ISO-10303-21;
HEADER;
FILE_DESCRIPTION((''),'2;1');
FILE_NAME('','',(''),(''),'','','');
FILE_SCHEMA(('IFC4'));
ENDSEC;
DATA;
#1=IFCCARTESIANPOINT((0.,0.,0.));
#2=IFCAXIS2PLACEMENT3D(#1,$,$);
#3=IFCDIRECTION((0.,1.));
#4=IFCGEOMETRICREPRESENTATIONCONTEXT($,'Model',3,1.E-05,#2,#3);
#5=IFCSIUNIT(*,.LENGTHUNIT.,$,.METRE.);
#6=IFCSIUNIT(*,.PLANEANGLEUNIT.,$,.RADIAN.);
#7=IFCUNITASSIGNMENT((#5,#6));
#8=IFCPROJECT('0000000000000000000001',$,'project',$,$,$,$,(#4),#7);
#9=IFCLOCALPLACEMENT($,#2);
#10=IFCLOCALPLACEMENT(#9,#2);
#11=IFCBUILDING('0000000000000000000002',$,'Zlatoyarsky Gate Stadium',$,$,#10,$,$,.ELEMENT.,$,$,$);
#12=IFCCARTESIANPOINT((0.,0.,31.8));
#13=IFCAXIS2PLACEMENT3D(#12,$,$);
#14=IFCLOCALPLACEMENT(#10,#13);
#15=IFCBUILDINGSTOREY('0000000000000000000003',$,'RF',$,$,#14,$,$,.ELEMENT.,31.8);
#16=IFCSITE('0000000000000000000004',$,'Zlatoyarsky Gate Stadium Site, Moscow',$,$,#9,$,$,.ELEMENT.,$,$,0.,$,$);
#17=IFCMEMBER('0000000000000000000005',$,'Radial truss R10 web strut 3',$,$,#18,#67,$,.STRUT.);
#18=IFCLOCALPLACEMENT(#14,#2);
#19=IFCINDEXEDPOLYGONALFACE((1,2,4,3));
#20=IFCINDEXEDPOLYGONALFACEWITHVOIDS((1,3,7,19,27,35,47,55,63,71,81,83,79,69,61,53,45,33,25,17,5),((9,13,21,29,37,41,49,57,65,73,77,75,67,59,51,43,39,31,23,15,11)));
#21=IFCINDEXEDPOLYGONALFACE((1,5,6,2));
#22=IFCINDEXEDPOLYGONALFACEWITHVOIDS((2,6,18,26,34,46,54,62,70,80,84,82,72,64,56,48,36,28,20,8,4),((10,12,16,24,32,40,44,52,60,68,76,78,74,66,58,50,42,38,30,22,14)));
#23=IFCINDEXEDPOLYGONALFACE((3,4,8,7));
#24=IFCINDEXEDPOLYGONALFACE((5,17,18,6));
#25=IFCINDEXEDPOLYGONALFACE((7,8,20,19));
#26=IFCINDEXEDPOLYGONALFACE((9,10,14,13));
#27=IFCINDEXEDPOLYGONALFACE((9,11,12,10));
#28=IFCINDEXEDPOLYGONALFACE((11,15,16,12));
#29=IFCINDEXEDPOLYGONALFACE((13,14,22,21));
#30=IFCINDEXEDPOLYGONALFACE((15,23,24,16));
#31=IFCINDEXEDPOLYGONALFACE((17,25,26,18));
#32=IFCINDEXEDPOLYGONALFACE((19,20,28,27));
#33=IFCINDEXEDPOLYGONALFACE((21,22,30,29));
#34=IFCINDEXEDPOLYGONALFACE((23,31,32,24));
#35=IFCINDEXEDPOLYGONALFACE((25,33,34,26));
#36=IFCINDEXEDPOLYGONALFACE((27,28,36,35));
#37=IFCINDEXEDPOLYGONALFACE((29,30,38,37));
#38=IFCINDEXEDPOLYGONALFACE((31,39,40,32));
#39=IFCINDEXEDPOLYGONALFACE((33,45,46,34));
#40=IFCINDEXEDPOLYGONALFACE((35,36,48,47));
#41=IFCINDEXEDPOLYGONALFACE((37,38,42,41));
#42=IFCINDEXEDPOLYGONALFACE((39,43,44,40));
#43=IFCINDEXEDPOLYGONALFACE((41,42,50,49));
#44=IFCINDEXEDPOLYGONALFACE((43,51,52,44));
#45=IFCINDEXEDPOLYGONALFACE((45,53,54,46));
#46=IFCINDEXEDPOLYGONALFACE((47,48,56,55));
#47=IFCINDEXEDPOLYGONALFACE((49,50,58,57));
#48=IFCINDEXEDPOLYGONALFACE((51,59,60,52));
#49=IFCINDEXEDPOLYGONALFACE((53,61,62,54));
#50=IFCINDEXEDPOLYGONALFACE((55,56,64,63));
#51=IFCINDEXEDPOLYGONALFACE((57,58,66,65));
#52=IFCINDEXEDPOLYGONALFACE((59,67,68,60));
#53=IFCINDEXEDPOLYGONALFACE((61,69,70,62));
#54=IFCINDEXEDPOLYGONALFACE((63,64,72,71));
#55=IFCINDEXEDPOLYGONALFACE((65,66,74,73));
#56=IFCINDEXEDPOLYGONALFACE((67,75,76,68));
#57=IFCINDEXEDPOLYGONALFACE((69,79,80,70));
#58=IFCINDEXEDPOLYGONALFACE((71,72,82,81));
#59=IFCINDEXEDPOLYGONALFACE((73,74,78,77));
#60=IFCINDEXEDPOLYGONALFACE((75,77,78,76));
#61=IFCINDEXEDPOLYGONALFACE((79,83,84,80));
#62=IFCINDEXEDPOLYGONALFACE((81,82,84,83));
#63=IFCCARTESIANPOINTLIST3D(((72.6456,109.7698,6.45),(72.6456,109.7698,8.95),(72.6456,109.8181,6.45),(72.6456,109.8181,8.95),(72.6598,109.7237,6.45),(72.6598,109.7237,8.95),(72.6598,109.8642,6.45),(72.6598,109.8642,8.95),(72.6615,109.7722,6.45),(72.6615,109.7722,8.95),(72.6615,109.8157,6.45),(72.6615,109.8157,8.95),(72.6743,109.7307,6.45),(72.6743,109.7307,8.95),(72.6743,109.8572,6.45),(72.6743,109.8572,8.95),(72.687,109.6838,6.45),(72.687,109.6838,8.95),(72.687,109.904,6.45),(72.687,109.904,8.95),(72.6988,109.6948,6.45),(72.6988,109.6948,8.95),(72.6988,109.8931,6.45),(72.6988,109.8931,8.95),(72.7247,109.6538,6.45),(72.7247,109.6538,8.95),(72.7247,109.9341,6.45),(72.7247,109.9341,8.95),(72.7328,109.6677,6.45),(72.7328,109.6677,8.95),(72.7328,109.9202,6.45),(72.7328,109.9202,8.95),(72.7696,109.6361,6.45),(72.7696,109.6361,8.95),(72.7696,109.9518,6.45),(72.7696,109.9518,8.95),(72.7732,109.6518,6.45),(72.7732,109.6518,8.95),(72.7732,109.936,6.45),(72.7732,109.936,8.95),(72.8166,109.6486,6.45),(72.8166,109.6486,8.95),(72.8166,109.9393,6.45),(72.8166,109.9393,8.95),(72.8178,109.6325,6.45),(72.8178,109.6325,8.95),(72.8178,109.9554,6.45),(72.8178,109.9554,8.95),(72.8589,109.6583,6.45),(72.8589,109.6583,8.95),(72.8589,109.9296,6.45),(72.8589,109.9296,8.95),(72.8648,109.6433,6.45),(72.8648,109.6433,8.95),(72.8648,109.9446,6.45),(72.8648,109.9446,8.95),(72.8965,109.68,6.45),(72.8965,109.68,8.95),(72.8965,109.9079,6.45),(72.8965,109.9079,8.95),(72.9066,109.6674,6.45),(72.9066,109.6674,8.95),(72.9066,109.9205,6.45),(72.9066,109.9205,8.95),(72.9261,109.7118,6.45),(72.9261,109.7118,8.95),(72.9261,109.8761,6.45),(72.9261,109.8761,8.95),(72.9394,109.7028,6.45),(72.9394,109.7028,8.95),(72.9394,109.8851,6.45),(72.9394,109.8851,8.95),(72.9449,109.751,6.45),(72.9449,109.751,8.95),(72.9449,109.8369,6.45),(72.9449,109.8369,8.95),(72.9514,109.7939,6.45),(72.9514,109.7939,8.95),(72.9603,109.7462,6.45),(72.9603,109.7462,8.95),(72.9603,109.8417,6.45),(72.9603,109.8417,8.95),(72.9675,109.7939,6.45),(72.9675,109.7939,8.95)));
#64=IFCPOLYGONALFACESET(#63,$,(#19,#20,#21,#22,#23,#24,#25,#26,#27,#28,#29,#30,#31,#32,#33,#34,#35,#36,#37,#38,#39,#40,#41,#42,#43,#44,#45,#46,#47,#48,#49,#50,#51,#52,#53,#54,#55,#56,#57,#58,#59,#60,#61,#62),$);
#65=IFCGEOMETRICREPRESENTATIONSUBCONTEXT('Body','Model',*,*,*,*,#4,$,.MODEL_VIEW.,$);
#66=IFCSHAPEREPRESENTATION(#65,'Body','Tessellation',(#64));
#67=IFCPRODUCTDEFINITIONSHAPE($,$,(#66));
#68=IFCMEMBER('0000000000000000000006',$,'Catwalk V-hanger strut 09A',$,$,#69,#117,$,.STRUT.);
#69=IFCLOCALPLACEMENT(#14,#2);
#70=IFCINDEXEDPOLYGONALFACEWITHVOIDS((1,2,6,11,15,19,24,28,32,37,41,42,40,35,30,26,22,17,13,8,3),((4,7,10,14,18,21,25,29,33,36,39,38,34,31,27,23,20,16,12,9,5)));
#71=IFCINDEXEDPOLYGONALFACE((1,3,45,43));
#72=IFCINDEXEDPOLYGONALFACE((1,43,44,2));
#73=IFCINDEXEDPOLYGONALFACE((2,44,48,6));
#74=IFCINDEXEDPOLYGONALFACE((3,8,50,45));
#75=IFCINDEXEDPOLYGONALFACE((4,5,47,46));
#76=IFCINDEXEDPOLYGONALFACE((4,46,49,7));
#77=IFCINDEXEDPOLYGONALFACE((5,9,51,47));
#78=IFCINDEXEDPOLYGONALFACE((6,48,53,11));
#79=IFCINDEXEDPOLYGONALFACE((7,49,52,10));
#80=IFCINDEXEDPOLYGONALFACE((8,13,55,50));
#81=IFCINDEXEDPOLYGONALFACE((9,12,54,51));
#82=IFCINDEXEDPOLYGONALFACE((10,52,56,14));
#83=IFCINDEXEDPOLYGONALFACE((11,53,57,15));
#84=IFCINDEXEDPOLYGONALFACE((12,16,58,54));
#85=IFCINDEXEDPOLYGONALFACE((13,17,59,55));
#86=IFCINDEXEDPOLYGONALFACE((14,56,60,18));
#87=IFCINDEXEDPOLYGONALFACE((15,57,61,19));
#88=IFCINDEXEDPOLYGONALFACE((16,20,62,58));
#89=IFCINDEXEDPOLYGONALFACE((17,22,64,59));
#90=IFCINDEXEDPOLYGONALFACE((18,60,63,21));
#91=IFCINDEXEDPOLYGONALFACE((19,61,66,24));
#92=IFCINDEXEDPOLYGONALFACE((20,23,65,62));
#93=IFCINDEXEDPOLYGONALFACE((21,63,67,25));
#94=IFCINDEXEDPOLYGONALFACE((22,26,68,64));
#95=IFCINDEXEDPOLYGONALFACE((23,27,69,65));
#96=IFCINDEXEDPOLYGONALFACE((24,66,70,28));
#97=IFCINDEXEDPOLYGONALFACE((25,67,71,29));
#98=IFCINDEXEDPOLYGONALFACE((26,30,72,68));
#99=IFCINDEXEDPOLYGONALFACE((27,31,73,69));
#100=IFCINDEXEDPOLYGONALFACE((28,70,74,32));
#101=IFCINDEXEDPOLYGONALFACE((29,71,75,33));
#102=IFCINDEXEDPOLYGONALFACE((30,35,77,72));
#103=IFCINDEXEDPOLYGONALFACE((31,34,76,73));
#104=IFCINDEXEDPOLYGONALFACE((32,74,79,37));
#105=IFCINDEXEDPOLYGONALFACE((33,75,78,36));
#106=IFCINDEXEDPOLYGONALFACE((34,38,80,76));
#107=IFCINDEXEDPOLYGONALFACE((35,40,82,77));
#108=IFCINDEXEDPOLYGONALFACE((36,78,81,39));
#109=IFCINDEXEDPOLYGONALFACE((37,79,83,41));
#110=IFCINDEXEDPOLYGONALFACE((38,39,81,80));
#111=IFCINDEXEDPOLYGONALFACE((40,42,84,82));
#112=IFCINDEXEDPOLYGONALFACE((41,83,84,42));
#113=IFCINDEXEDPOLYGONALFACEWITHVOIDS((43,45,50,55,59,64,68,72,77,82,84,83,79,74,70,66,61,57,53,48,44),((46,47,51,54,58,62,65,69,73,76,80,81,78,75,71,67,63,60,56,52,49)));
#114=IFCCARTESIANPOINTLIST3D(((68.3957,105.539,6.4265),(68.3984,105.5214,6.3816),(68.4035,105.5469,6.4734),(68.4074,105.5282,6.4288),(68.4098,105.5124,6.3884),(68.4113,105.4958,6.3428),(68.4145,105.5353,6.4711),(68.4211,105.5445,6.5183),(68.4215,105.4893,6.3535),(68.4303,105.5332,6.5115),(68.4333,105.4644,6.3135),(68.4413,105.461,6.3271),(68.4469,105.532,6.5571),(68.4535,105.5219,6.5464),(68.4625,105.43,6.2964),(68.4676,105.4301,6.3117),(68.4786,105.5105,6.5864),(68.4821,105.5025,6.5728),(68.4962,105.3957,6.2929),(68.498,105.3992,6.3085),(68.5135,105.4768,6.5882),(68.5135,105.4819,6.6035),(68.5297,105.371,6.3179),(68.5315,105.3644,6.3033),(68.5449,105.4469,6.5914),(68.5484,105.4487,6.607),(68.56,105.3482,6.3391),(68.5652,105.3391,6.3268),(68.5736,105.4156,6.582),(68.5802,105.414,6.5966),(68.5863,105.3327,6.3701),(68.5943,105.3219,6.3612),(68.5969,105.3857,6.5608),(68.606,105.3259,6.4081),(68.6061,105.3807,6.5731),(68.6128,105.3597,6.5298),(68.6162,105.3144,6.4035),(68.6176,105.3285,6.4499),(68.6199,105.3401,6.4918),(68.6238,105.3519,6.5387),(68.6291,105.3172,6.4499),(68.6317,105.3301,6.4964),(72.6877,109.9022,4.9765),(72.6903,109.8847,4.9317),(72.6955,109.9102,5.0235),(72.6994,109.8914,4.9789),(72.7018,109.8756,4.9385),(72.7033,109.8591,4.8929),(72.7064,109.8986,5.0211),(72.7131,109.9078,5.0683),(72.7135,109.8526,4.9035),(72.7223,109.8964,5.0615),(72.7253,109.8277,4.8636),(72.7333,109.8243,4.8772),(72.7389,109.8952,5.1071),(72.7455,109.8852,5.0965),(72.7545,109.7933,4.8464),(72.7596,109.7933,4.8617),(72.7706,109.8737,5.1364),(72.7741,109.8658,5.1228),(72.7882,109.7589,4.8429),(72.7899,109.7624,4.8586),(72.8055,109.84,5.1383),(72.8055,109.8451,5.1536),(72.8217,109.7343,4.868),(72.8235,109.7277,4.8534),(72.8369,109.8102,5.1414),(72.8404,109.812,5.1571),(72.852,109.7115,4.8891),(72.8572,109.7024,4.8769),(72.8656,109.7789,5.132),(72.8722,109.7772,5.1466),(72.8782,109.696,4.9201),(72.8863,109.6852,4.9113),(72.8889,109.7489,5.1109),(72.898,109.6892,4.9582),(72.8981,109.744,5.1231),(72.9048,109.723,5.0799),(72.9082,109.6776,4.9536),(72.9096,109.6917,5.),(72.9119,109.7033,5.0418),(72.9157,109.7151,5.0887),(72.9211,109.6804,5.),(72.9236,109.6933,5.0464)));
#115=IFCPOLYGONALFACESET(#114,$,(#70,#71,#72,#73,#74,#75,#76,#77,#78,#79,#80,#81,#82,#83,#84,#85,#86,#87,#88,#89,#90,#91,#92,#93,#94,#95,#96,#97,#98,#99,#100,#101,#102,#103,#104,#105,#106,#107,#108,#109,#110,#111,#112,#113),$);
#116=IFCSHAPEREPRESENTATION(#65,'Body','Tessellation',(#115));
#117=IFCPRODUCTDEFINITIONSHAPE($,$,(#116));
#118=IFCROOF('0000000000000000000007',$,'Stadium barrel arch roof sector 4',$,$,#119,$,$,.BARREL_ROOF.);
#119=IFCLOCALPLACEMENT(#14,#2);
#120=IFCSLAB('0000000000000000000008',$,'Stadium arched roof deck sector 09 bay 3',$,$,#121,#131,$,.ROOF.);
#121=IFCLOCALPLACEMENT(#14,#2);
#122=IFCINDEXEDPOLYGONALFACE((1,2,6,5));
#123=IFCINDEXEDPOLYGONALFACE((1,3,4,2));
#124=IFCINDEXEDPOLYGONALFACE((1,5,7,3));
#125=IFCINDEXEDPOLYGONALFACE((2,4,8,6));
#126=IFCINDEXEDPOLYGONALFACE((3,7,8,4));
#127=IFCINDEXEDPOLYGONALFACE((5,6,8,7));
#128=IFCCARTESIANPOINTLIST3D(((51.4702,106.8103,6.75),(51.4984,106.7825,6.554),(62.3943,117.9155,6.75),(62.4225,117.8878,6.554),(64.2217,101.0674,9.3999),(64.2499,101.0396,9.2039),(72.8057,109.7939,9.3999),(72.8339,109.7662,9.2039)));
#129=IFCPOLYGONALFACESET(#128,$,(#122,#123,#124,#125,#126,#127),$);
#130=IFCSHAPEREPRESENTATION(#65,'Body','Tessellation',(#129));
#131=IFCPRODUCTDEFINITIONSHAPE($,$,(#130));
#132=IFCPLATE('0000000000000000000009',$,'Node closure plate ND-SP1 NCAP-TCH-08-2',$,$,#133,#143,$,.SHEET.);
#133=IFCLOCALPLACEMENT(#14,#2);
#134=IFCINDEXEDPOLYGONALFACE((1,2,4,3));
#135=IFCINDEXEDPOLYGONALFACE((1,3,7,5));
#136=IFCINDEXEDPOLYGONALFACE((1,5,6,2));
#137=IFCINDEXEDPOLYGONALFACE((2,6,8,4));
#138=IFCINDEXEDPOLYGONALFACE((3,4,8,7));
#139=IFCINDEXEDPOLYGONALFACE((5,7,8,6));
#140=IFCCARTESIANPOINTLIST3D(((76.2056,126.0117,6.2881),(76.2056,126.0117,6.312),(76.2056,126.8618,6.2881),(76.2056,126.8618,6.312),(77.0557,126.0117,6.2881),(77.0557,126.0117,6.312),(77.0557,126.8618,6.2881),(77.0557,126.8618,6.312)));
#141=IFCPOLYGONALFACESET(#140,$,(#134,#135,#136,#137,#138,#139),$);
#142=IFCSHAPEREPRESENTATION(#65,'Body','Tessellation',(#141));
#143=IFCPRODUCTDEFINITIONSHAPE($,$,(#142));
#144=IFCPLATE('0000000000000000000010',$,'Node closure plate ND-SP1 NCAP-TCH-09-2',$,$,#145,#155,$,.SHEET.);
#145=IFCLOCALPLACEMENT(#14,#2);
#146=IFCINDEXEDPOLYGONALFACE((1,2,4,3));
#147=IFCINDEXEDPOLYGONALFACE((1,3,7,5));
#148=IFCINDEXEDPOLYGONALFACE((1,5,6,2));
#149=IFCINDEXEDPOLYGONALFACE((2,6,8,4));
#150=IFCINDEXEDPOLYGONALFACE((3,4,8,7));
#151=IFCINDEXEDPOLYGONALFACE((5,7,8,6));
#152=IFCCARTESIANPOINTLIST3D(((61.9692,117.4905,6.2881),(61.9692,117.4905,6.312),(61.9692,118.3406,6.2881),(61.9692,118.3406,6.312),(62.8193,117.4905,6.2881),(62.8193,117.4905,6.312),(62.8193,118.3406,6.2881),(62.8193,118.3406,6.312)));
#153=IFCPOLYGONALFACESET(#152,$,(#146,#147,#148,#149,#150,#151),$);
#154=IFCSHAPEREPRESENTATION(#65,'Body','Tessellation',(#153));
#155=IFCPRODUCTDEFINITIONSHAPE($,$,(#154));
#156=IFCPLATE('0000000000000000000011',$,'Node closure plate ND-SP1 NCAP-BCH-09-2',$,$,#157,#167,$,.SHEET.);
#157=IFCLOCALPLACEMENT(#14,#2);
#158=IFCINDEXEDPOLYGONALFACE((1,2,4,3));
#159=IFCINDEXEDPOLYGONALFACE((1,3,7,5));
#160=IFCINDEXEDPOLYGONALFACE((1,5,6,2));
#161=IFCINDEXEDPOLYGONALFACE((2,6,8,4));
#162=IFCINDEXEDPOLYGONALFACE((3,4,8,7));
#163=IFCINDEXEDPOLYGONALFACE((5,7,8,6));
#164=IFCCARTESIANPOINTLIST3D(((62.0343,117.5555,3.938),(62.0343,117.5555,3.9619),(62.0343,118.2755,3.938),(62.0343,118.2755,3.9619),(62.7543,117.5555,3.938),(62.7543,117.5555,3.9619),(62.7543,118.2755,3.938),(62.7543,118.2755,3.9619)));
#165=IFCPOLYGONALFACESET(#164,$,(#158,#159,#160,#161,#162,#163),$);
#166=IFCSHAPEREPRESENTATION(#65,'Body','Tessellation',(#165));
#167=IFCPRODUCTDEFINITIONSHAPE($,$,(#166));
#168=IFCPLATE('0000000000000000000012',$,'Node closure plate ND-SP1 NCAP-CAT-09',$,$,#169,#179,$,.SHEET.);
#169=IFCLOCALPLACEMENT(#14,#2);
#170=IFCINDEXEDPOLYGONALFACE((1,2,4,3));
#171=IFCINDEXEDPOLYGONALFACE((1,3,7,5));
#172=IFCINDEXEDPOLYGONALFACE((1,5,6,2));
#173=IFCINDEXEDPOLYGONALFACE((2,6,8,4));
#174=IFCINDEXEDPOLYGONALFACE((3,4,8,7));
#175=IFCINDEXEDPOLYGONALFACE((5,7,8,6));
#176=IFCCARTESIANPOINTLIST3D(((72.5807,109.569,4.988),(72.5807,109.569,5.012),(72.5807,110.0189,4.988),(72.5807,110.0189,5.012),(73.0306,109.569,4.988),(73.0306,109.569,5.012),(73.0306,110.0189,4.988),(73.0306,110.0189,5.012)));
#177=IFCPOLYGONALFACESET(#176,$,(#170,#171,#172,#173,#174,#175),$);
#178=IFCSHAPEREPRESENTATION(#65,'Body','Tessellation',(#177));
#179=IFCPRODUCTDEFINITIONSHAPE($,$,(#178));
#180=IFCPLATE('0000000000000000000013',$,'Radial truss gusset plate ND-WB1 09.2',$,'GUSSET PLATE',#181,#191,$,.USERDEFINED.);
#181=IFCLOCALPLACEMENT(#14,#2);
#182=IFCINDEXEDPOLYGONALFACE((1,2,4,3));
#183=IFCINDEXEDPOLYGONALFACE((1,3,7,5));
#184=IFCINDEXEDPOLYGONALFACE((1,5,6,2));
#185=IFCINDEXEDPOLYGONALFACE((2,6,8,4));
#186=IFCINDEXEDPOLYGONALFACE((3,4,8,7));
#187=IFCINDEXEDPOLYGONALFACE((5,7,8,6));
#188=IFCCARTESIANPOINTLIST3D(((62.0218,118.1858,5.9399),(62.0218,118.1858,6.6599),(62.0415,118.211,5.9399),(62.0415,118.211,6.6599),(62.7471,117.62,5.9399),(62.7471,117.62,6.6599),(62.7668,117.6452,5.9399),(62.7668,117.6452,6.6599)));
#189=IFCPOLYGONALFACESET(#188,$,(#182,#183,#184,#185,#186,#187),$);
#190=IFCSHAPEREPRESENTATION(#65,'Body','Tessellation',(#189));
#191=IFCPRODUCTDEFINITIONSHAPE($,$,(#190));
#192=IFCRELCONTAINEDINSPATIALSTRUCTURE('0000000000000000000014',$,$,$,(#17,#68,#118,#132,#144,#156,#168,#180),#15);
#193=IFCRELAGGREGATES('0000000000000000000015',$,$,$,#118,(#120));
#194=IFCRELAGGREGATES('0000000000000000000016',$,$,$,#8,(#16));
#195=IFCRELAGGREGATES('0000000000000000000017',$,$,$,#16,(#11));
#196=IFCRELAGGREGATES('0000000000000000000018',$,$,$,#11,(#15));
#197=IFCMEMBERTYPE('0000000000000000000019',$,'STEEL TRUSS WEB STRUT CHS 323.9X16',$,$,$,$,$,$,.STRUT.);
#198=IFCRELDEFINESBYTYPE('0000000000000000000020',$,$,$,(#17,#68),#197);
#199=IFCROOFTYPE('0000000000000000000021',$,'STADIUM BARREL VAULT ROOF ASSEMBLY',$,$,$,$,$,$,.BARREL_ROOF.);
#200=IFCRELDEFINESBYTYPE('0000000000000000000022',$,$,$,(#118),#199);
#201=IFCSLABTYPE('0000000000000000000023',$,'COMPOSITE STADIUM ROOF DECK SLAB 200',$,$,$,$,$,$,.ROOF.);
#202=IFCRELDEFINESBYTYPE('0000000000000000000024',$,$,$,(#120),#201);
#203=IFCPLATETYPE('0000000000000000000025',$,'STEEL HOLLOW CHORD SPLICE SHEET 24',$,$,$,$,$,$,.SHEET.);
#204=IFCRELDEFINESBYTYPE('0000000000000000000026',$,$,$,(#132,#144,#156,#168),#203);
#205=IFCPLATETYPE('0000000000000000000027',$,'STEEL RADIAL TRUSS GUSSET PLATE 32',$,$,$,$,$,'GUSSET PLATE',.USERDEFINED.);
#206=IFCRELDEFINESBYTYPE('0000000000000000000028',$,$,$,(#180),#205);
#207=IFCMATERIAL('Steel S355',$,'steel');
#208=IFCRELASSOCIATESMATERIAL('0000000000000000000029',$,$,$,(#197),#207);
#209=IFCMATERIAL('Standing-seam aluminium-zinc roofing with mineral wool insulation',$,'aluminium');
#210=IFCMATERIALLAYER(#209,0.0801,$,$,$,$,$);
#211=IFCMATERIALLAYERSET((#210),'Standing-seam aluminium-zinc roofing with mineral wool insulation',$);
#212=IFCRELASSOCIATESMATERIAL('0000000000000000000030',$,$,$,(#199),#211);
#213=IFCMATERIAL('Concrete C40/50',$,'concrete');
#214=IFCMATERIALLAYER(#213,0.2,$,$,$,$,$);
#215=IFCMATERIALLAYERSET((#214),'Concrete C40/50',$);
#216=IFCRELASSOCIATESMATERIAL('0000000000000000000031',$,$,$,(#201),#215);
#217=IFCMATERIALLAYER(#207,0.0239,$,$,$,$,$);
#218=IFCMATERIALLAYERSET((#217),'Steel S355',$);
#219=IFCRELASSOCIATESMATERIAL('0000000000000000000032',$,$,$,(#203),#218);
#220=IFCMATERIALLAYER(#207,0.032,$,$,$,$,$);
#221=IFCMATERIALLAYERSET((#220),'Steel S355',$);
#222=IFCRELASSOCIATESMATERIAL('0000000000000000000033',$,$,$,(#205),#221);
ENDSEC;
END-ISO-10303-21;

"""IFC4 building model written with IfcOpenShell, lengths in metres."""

from ifc_helpers import new_model, si_unit, direction, frame, origin, origin_2d, place, context, subcontext, project, spatial, polyline, rectangle, hollow_circle, outline, extrude, material, layer, layer_set, material_profile, profile_set, type_object, element, aggregate, save


model = new_model("IFC4")

# Units and contexts
model_context = context("Model", 3, precision=1e-05, world=origin(), true_north=direction((0.0, 1.0)))
body_context = subcontext(model_context, "Body", "Model", "MODEL_VIEW")
ifc_project = project(units=[si_unit("LENGTHUNIT", "METRE"), si_unit("PLANEANGLEUNIT", "RADIAN")], contexts=[model_context])

# Site, building, storey
site_placement = place(None, origin())
site = spatial("IfcSite", under=ifc_project, at=site_placement, Name="Zlatoyarsky Gate Stadium Site, Moscow", CompositionType="ELEMENT", RefElevation=0.0)
building_placement = place(site_placement, origin())
building = spatial("IfcBuilding", under=site, at=building_placement, Name="Zlatoyarsky Gate Stadium", CompositionType="ELEMENT")
storey_placement = place(building_placement, frame((0.0, 0.0, 31.8)))
storey = spatial("IfcBuildingStorey", under=building, at=storey_placement, Name="RF", CompositionType="ELEMENT", Elevation=31.8)

# Shared definitions
ifc_material_1 = material(Name="Steel S355", Category="steel")

# Members
ifc_material_profile_1 = material_profile(ifc_material_1, hollow_circle(Radius=0.1619, WallThickness=0.0161, at=origin_2d()), Name="CHS 323.9X16")
ifc_profile_set_1 = profile_set([ifc_material_profile_1], Name="Steel S355")
member_type_1 = type_object("IfcMemberType", Name="STEEL TRUSS WEB STRUT CHS 323.9X16", PredefinedType="STRUT", material=ifc_profile_set_1)
member_1_placement = place(storey_placement, frame((72.8057, 109.7939, 6.45), z_axis=(0.0, 0.0, 1.0), x_axis=(1.0, 0.0, 0.0)))
element("IfcMember", 1, at=member_1_placement, inside=storey, type_object=member_type_1, Name="Radial truss R10 web strut 3", PredefinedType="STRUT", context=body_context, shape_type="SweptSolid", body=[
    extrude(hollow_circle(Radius=0.1619, WallThickness=0.0161, at=origin_2d()), origin(), (0.0, 0.0, 1.0), 2.5),
])
member_2_placement = place(storey_placement, frame((72.8057, 109.7939, 5.0), z_axis=(-0.682372, -0.693706, 0.230524), x_axis=(0.712907, -0.701259, 0.0)))
element("IfcMember", 2, at=member_2_placement, inside=storey, type_object=member_type_1, Name="Catwalk V-hanger strut 09A", PredefinedType="STRUT", context=body_context, shape_type="SweptSolid", body=[
    extrude(hollow_circle(Radius=0.1619, WallThickness=0.0161, at=origin_2d()), origin(), (0.0, 0.0, 1.0), 6.2898),
])

# Roof, slab
ifc_material_2 = material(Name="Standing-seam aluminium-zinc roofing with mineral wool insulation", Category="aluminium")
ifc_layer_1 = layer(ifc_material_2, 0.0801)
ifc_layer_set_1 = layer_set([ifc_layer_1], Name="Standing-seam aluminium-zinc roofing with mineral wool insulation")
roof_type = type_object("IfcRoofType", Name="STADIUM BARREL VAULT ROOF ASSEMBLY", PredefinedType="BARREL_ROOF", material=ifc_layer_set_1)
roof_placement = place(storey_placement, origin())
roof = element("IfcRoof", 3, at=roof_placement, inside=storey, type_object=roof_type, Name="Stadium barrel arch roof sector 4", PredefinedType="BARREL_ROOF")
ifc_material_3 = material(Name="Concrete C40/50", Category="concrete")
ifc_layer_2 = layer(ifc_material_3, 0.2)
ifc_layer_set_2 = layer_set([ifc_layer_2], Name="Concrete C40/50")
slab_type = type_object("IfcSlabType", Name="COMPOSITE STADIUM ROOF DECK SLAB 200", PredefinedType="ROOF", material=ifc_layer_set_2)
slab_placement = place(storey_placement, frame((62.3943, 117.9155, 6.75), z_axis=(-0.141161, 0.138857, 0.9802), x_axis=(-0.701268, -0.712898, -0.000001)))
slab = element("IfcSlab", 4, at=slab_placement, type_object=slab_type, Name="Stadium arched roof deck sector 09 bay 3", PredefinedType="ROOF", context=body_context, shape_type="SweptSolid", body=[
    extrude(outline(polyline([(0.0, 0.0), (15.5776, 0.0), (10.7295, 13.3828), (-1.5113, 13.3826), (0.0, 0.0)])), origin(), (0.0, 0.0, -1.0), 0.2),
])

# Plates
ifc_layer_3 = layer(ifc_material_1, 0.0239)
ifc_layer_set_3 = layer_set([ifc_layer_3], Name="Steel S355")
plate_type_1 = type_object("IfcPlateType", Name="STEEL HOLLOW CHORD SPLICE SHEET 24", PredefinedType="SHEET", material=ifc_layer_set_3)
for number, where, z_axis, x_axis, name in (
    (5, (76.6306, 126.4368, 6.2881), (0.0, 0.0, 1.0), (1.0, 0.0, 0.0), "Node closure plate ND-SP1 NCAP-TCH-08-2"),
    (6, (62.3943, 117.9155, 6.2881), (0.0, 0.0, 1.0), (1.0, 0.0, 0.0), "Node closure plate ND-SP1 NCAP-TCH-09-2"),
):
    element("IfcPlate", number, at=place(storey_placement, frame(where, z_axis=z_axis, x_axis=x_axis)), inside=storey, type_object=plate_type_1, Name=name, PredefinedType="SHEET", context=body_context, shape_type="SweptSolid", body=[
        extrude(rectangle(XDim=0.8501, YDim=0.8501, at=origin_2d()), origin(), (0.0, 0.0, 1.0), 0.0239),
    ])
plate_1_placement = place(storey_placement, frame((62.3943, 117.9155, 3.938), z_axis=(0.0, 0.0, 1.0), x_axis=(1.0, 0.0, 0.0)))
element("IfcPlate", 7, at=plate_1_placement, inside=storey, type_object=plate_type_1, Name="Node closure plate ND-SP1 NCAP-BCH-09-2", PredefinedType="SHEET", context=body_context, shape_type="SweptSolid", body=[
    extrude(rectangle(XDim=0.72, YDim=0.72, at=origin_2d()), origin(), (0.0, 0.0, 1.0), 0.0239),
])
plate_2_placement = place(storey_placement, frame((72.8057, 109.7939, 4.988), z_axis=(0.0, 0.0, 1.0), x_axis=(1.0, 0.0, 0.0)))
element("IfcPlate", 8, at=plate_2_placement, inside=storey, type_object=plate_type_1, Name="Node closure plate ND-SP1 NCAP-CAT-09", PredefinedType="SHEET", context=body_context, shape_type="SweptSolid", body=[
    extrude(rectangle(XDim=0.45, YDim=0.45, at=origin_2d()), origin(), (0.0, 0.0, 1.0), 0.0239),
])
ifc_layer_4 = layer(ifc_material_1, 0.032)
ifc_layer_set_4 = layer_set([ifc_layer_4], Name="Steel S355")
plate_type_2 = type_object("IfcPlateType", Name="STEEL RADIAL TRUSS GUSSET PLATE 32", ElementType="GUSSET PLATE", PredefinedType="USERDEFINED", material=ifc_layer_set_4)
plate_3_placement = place(storey_placement, frame((62.3943, 117.9155, 5.9399), z_axis=(0.0, 0.0, 1.0), x_axis=(0.788479, -0.615062, 0.0)))
element("IfcPlate", 9, at=plate_3_placement, inside=storey, type_object=plate_type_2, Name="Radial truss gusset plate ND-WB1 09.2", ObjectType="GUSSET PLATE", PredefinedType="USERDEFINED", context=body_context, shape_type="SweptSolid", body=[
    extrude(rectangle(XDim=0.9199, YDim=0.032, at=origin_2d()), origin(), (0.0, 0.0, 1.0), 0.72),
])

aggregate(roof, [slab])

save(model, "model.ifc")
